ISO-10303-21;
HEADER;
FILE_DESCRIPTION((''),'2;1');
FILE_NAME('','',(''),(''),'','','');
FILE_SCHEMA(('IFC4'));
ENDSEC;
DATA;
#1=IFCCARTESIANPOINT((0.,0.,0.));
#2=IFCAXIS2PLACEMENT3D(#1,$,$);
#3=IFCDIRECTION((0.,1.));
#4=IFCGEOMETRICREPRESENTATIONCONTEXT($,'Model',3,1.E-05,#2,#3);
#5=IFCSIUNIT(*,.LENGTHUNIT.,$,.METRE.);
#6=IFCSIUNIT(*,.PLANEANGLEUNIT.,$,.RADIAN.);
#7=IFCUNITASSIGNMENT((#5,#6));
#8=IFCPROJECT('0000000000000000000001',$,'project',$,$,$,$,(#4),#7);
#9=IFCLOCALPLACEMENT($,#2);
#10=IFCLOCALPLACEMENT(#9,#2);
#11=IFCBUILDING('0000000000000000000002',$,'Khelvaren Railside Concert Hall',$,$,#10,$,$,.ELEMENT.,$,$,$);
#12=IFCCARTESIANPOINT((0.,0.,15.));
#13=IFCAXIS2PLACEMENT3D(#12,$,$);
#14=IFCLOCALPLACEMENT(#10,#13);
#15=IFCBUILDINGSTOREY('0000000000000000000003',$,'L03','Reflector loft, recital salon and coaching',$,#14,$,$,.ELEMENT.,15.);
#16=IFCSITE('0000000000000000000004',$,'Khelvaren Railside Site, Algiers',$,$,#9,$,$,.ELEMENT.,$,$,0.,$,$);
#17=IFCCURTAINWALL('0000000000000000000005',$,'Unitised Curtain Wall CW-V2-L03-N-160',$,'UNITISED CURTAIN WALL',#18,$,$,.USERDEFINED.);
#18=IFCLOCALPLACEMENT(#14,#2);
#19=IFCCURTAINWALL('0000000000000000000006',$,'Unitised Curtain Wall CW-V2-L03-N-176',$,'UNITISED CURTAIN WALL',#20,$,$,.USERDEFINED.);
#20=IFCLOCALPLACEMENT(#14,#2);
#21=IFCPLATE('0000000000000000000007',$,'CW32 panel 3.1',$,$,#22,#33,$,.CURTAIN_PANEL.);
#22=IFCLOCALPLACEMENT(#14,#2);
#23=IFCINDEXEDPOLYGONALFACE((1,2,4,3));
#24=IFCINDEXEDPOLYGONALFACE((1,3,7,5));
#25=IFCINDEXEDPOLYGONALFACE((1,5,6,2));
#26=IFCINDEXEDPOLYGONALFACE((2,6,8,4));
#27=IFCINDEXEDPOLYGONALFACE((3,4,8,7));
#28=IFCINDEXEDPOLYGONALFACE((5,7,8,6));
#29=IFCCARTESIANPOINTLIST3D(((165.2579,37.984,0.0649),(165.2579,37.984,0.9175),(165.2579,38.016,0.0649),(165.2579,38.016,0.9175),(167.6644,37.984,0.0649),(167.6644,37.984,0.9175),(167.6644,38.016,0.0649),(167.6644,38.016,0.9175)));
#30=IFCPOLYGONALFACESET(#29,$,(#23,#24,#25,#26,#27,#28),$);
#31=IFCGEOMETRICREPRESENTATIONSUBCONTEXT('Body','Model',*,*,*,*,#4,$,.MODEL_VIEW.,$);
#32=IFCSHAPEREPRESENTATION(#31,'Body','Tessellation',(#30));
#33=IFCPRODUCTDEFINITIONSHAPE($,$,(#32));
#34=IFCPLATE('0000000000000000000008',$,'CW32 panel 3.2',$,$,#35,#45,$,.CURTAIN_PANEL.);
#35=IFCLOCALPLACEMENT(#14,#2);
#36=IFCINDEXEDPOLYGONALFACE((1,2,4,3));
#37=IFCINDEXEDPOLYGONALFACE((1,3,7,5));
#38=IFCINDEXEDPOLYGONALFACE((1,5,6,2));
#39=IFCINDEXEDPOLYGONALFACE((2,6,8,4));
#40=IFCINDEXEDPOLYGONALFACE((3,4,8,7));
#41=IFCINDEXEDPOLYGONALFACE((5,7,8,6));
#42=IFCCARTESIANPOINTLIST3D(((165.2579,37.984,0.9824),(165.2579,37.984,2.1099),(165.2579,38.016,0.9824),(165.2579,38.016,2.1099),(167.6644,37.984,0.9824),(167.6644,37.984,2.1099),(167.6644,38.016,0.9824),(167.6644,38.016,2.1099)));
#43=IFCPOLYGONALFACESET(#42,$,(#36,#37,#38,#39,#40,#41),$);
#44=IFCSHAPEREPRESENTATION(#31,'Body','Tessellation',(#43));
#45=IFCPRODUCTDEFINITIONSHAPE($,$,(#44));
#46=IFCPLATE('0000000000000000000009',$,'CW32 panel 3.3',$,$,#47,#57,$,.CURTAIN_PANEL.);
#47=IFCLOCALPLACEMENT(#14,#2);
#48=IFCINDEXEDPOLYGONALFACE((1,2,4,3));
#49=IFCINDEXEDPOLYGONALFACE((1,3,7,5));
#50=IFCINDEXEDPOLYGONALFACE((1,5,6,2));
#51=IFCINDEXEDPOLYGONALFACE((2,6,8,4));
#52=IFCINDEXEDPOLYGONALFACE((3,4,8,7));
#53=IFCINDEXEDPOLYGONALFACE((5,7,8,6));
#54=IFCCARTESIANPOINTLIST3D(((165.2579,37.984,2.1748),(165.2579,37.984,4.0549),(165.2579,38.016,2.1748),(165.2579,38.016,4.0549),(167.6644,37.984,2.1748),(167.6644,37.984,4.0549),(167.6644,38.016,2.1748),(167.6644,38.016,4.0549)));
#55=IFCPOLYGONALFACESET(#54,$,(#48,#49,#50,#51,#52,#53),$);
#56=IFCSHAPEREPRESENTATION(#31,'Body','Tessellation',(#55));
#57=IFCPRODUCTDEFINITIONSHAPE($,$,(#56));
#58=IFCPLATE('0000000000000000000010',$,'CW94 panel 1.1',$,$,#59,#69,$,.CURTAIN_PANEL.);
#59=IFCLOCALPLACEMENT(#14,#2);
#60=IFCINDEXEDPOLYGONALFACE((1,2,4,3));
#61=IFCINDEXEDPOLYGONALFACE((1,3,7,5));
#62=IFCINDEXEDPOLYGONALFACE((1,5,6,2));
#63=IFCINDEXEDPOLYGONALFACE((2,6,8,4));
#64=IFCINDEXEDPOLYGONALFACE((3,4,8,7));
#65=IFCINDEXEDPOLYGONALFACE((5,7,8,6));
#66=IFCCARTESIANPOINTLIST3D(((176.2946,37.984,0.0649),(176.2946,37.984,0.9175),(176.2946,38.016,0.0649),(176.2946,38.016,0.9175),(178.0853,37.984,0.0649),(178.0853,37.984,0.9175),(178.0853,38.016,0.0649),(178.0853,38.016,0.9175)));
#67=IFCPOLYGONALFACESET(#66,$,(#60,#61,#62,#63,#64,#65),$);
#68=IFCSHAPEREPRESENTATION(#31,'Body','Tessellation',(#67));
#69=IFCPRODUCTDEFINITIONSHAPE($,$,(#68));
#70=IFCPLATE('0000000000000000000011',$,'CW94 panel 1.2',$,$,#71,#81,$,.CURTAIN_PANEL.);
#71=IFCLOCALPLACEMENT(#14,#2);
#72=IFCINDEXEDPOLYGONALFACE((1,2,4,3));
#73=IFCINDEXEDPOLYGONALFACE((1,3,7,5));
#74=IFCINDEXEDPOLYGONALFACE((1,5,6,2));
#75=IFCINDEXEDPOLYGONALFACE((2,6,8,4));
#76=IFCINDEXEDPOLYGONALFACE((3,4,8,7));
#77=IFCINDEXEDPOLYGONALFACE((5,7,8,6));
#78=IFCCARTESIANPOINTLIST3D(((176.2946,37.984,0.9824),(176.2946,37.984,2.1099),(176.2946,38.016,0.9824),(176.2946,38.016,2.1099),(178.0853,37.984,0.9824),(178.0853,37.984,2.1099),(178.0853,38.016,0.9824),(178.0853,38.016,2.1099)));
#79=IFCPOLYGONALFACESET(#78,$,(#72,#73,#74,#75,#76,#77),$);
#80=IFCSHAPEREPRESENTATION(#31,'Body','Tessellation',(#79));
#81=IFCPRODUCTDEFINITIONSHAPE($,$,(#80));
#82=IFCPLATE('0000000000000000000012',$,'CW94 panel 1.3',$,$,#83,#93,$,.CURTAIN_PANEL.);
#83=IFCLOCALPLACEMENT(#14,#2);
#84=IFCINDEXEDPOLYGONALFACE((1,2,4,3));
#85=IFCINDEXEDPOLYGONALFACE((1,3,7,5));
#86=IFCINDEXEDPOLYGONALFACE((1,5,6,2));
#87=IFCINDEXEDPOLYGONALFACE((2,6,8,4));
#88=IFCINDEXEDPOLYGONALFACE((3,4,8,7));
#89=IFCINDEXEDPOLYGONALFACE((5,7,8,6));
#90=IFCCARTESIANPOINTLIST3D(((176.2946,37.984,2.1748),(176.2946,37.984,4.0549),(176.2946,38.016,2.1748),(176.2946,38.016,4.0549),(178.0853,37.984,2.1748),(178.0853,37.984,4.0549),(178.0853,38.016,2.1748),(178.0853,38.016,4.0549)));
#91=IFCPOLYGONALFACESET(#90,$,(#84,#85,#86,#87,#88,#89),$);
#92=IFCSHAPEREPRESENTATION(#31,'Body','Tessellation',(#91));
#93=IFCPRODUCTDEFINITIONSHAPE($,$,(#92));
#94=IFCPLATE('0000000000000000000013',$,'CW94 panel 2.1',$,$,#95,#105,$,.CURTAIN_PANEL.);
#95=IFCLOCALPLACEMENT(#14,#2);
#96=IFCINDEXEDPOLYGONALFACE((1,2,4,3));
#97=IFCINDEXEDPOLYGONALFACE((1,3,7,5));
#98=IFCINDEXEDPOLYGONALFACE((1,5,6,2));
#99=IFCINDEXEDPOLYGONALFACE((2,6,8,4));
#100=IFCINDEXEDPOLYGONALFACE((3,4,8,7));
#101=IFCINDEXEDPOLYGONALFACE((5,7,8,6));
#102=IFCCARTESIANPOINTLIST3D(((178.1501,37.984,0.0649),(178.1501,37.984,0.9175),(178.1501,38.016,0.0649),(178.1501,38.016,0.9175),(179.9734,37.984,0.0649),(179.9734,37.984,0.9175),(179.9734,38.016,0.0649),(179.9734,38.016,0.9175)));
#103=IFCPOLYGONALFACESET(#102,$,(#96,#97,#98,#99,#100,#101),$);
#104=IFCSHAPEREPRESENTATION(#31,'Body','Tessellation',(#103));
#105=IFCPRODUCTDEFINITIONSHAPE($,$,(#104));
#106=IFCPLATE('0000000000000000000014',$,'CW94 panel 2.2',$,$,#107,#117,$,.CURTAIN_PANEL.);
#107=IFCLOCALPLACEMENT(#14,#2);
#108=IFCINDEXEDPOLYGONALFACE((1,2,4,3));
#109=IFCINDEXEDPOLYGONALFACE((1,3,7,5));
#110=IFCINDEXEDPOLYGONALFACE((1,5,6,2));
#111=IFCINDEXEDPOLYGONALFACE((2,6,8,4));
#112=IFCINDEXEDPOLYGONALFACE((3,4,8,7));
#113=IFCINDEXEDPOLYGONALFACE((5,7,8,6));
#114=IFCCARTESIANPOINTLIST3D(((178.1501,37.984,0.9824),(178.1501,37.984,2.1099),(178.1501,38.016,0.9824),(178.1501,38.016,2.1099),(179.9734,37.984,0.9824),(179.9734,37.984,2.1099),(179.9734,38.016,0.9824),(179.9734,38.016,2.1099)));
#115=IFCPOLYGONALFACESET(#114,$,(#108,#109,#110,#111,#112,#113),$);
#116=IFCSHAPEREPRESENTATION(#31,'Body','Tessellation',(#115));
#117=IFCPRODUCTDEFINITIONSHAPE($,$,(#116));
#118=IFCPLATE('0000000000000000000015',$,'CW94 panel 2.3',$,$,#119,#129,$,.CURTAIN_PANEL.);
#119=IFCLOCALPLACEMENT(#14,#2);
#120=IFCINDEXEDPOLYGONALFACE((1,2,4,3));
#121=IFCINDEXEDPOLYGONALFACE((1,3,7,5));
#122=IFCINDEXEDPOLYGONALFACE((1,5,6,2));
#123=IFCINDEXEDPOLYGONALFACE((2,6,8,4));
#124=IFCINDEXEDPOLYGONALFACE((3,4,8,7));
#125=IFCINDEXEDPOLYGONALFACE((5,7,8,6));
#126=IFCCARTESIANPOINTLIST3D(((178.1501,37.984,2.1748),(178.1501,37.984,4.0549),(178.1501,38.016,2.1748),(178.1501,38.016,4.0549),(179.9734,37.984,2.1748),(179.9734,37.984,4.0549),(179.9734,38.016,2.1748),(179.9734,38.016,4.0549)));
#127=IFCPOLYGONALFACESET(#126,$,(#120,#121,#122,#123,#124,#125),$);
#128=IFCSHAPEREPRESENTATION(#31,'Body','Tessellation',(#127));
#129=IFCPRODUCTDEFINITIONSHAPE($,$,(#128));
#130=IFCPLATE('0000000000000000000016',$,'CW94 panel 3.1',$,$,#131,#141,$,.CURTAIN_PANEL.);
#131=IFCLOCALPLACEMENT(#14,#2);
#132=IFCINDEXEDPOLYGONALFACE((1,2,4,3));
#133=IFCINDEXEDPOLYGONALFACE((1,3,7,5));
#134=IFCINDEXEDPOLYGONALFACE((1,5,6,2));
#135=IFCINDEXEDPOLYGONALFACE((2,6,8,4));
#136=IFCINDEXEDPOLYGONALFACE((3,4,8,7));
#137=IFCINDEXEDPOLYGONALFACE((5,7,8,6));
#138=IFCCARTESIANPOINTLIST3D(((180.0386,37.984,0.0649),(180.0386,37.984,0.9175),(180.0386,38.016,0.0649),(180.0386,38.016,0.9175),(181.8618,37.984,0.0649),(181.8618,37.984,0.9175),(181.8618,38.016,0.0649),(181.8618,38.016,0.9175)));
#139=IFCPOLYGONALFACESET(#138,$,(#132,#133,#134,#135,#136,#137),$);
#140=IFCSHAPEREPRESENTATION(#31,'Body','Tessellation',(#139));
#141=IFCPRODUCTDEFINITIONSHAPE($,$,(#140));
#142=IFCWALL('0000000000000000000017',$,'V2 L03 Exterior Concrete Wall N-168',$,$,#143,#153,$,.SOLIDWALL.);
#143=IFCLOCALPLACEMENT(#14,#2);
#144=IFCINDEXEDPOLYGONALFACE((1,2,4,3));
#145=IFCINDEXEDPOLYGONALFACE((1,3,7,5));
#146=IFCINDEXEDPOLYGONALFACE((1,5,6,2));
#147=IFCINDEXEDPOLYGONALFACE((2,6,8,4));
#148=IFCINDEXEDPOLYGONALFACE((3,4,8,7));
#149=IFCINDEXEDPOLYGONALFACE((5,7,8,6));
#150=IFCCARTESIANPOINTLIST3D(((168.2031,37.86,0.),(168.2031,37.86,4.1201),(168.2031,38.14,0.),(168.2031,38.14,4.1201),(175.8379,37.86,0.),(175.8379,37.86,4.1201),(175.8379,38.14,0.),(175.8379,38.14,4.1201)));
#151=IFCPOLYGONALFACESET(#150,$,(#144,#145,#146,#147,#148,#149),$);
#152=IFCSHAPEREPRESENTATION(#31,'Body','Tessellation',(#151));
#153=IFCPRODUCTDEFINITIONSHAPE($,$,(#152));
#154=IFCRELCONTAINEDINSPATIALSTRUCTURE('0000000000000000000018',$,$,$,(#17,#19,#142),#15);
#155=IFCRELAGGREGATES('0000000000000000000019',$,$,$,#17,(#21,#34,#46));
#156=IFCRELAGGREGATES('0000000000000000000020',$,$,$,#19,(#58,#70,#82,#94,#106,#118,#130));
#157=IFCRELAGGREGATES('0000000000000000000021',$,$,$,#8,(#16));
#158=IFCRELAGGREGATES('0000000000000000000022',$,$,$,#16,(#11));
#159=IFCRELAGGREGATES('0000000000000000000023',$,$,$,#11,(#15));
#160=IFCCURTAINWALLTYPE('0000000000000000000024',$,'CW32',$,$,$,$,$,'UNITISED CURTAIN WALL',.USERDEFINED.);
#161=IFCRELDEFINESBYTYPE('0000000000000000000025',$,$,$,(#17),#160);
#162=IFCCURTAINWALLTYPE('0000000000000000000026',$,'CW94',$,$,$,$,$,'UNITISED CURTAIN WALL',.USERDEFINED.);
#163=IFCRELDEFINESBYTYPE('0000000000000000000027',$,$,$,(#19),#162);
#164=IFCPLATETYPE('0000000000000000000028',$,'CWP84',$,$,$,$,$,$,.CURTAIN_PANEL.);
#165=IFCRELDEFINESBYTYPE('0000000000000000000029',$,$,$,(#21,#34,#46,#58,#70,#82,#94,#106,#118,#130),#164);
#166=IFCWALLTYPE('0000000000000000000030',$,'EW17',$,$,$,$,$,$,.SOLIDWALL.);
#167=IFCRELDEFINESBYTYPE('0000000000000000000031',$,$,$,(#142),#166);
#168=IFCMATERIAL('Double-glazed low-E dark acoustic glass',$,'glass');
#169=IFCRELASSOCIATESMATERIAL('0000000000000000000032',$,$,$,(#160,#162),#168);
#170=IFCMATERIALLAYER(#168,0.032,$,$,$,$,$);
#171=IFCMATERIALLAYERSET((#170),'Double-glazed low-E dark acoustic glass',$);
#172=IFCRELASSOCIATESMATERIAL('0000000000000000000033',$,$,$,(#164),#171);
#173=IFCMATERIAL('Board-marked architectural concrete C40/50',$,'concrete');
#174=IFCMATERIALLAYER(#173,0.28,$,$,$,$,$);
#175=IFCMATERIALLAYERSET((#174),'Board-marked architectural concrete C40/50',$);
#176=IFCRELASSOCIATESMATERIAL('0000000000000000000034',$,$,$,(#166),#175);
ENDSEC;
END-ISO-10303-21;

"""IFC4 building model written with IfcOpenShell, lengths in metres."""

from ifc_helpers import new_model, si_unit, direction, frame, frame_2d, origin, origin_2d, place, context, subcontext, project, spatial, rectangle, extrude, material, layer, layer_set, type_object, element, aggregate, save


model = new_model("IFC4")

# Units and contexts
model_context = context("Model", 3, precision=1e-05, world=origin(), true_north=direction((0.0, 1.0)))
body_context = subcontext(model_context, "Body", "Model", "MODEL_VIEW")
ifc_project = project(units=[si_unit("LENGTHUNIT", "METRE"), si_unit("PLANEANGLEUNIT", "RADIAN")], contexts=[model_context])

# Site, building, storey
site_placement = place(None, origin())
site = spatial("IfcSite", under=ifc_project, at=site_placement, Name="Khelvaren Railside Site, Algiers", CompositionType="ELEMENT", RefElevation=0.0)
building_placement = place(site_placement, origin())
building = spatial("IfcBuilding", under=site, at=building_placement, Name="Khelvaren Railside Concert Hall", CompositionType="ELEMENT")
storey_placement = place(building_placement, frame((0.0, 0.0, 15.0)))
storey = spatial("IfcBuildingStorey", under=building, at=storey_placement, Name="L03", Description="Reflector loft, recital salon and coaching", CompositionType="ELEMENT", Elevation=15.0)

# Curtain wall
ifc_material_1 = material(Name="Double-glazed low-E dark acoustic glass", Category="glass")
curtain_wall_type_1 = type_object("IfcCurtainWallType", Name="CW32", ElementType="UNITISED CURTAIN WALL", PredefinedType="USERDEFINED", material=ifc_material_1)
curtain_wall_1_placement = place(storey_placement, origin())
curtain_wall_1 = element("IfcCurtainWall", 1, at=curtain_wall_1_placement, inside=storey, type_object=curtain_wall_type_1, Name="Unitised Curtain Wall CW-V2-L03-N-160", ObjectType="UNITISED CURTAIN WALL", PredefinedType="USERDEFINED")

# Curtain wall
curtain_wall_type_2 = type_object("IfcCurtainWallType", Name="CW94", ElementType="UNITISED CURTAIN WALL", PredefinedType="USERDEFINED", material=ifc_material_1)
curtain_wall_2_placement = place(storey_placement, origin())
curtain_wall_2 = element("IfcCurtainWall", 2, at=curtain_wall_2_placement, inside=storey, type_object=curtain_wall_type_2, Name="Unitised Curtain Wall CW-V2-L03-N-176", ObjectType="UNITISED CURTAIN WALL", PredefinedType="USERDEFINED")

# Plates
ifc_layer_1 = layer(ifc_material_1, 0.032)
ifc_layer_set_1 = layer_set([ifc_layer_1], Name="Double-glazed low-E dark acoustic glass")
plate_type = type_object("IfcPlateType", Name="CWP84", PredefinedType="CURTAIN_PANEL", material=ifc_layer_set_1)
plate_1_placement = place(storey_placement, frame((166.4612, 38.0, 0.0649), z_axis=(0.0, 0.0, 1.0), x_axis=(1.0, 0.0, 0.0)))
plate_1 = element("IfcPlate", 3, at=plate_1_placement, type_object=plate_type, Name="CW32 panel 3.1", PredefinedType="CURTAIN_PANEL", context=body_context, shape_type="SweptSolid", body=[
    extrude(rectangle(XDim=2.4065, YDim=0.032, at=origin_2d()), origin(), (0.0, 0.0, 1.0), 0.8525),
])
plate_2_placement = place(storey_placement, frame((166.4612, 38.0, 0.9824), z_axis=(0.0, 0.0, 1.0), x_axis=(1.0, 0.0, 0.0)))
plate_2 = element("IfcPlate", 4, at=plate_2_placement, type_object=plate_type, Name="CW32 panel 3.2", PredefinedType="CURTAIN_PANEL", context=body_context, shape_type="SweptSolid", body=[
    extrude(rectangle(XDim=2.4065, YDim=0.032, at=origin_2d()), origin(), (0.0, 0.0, 1.0), 1.1274),
])
plate_3_placement = place(storey_placement, frame((166.4612, 38.0, 2.1748), z_axis=(0.0, 0.0, 1.0), x_axis=(1.0, 0.0, 0.0)))
plate_3 = element("IfcPlate", 5, at=plate_3_placement, type_object=plate_type, Name="CW32 panel 3.3", PredefinedType="CURTAIN_PANEL", context=body_context, shape_type="SweptSolid", body=[
    extrude(rectangle(XDim=2.4065, YDim=0.032, at=origin_2d()), origin(), (0.0, 0.0, 1.0), 1.8801),
])
aggregate(curtain_wall_1, [plate_1, plate_2, plate_3])
plate_4_placement = place(storey_placement, frame((177.1899, 38.0, 0.0649), z_axis=(0.0, 0.0, 1.0), x_axis=(1.0, 0.0, 0.0)))
plate_4 = element("IfcPlate", 6, at=plate_4_placement, type_object=plate_type, Name="CW94 panel 1.1", PredefinedType="CURTAIN_PANEL", context=body_context, shape_type="SweptSolid", body=[
    extrude(rectangle(XDim=1.7908, YDim=0.032, at=origin_2d()), origin(), (0.0, 0.0, 1.0), 0.8525),
])
plate_5_placement = place(storey_placement, frame((177.1899, 38.0, 0.9824), z_axis=(0.0, 0.0, 1.0), x_axis=(1.0, 0.0, 0.0)))
plate_5 = element("IfcPlate", 7, at=plate_5_placement, type_object=plate_type, Name="CW94 panel 1.2", PredefinedType="CURTAIN_PANEL", context=body_context, shape_type="SweptSolid", body=[
    extrude(rectangle(XDim=1.7908, YDim=0.032, at=origin_2d()), origin(), (0.0, 0.0, 1.0), 1.1274),
])
plate_6_placement = place(storey_placement, frame((177.1899, 38.0, 2.1748), z_axis=(0.0, 0.0, 1.0), x_axis=(1.0, 0.0, 0.0)))
plate_6 = element("IfcPlate", 8, at=plate_6_placement, type_object=plate_type, Name="CW94 panel 1.3", PredefinedType="CURTAIN_PANEL", context=body_context, shape_type="SweptSolid", body=[
    extrude(rectangle(XDim=1.7908, YDim=0.032, at=origin_2d()), origin(), (0.0, 0.0, 1.0), 1.8801),
])
plate_7_placement = place(storey_placement, frame((179.0618, 38.0, 0.0649), z_axis=(0.0, 0.0, 1.0), x_axis=(1.0, 0.0, 0.0)))
plate_7 = element("IfcPlate", 9, at=plate_7_placement, type_object=plate_type, Name="CW94 panel 2.1", PredefinedType="CURTAIN_PANEL", context=body_context, shape_type="SweptSolid", body=[
    extrude(rectangle(XDim=1.8232, YDim=0.032, at=origin_2d()), origin(), (0.0, 0.0, 1.0), 0.8525),
])
plate_8_placement = place(storey_placement, frame((179.0618, 38.0, 0.9824), z_axis=(0.0, 0.0, 1.0), x_axis=(1.0, 0.0, 0.0)))
plate_8 = element("IfcPlate", 10, at=plate_8_placement, type_object=plate_type, Name="CW94 panel 2.2", PredefinedType="CURTAIN_PANEL", context=body_context, shape_type="SweptSolid", body=[
    extrude(rectangle(XDim=1.8232, YDim=0.032, at=origin_2d()), origin(), (0.0, 0.0, 1.0), 1.1274),
])
plate_9_placement = place(storey_placement, frame((179.0618, 38.0, 2.1748), z_axis=(0.0, 0.0, 1.0), x_axis=(1.0, 0.0, 0.0)))
plate_9 = element("IfcPlate", 11, at=plate_9_placement, type_object=plate_type, Name="CW94 panel 2.3", PredefinedType="CURTAIN_PANEL", context=body_context, shape_type="SweptSolid", body=[
    extrude(rectangle(XDim=1.8232, YDim=0.032, at=origin_2d()), origin(), (0.0, 0.0, 1.0), 1.8801),
])
plate_10_placement = place(storey_placement, frame((180.9502, 38.0, 0.0649), z_axis=(0.0, 0.0, 1.0), x_axis=(1.0, 0.0, 0.0)))
plate_10 = element("IfcPlate", 12, at=plate_10_placement, type_object=plate_type, Name="CW94 panel 3.1", PredefinedType="CURTAIN_PANEL", context=body_context, shape_type="SweptSolid", body=[
    extrude(rectangle(XDim=1.8232, YDim=0.032, at=origin_2d()), origin(), (0.0, 0.0, 1.0), 0.8525),
])
aggregate(curtain_wall_2, [plate_4, plate_5, plate_6, plate_7, plate_8, plate_9, plate_10])

# Wall
ifc_material_2 = material(Name="Board-marked architectural concrete C40/50", Category="concrete")
ifc_layer_2 = layer(ifc_material_2, 0.28)
ifc_layer_set_2 = layer_set([ifc_layer_2], Name="Board-marked architectural concrete C40/50")
wall_type = type_object("IfcWallType", Name="EW17", PredefinedType="SOLIDWALL", material=ifc_layer_set_2)
wall_placement = place(storey_placement, frame((168.2031, 38.0, 0.0), z_axis=(0.0, 0.0, 1.0), x_axis=(1.0, 0.0, 0.0)))
element("IfcWall", 13, at=wall_placement, inside=storey, type_object=wall_type, Name="V2 L03 Exterior Concrete Wall N-168", PredefinedType="SOLIDWALL", context=body_context, shape_type="SweptSolid", body=[
    extrude(rectangle(XDim=7.6348, YDim=0.28, at=frame_2d((3.8174, 0.0))), origin(), (0.0, 0.0, 1.0), 4.1201),
])

save(model, "model.ifc")
